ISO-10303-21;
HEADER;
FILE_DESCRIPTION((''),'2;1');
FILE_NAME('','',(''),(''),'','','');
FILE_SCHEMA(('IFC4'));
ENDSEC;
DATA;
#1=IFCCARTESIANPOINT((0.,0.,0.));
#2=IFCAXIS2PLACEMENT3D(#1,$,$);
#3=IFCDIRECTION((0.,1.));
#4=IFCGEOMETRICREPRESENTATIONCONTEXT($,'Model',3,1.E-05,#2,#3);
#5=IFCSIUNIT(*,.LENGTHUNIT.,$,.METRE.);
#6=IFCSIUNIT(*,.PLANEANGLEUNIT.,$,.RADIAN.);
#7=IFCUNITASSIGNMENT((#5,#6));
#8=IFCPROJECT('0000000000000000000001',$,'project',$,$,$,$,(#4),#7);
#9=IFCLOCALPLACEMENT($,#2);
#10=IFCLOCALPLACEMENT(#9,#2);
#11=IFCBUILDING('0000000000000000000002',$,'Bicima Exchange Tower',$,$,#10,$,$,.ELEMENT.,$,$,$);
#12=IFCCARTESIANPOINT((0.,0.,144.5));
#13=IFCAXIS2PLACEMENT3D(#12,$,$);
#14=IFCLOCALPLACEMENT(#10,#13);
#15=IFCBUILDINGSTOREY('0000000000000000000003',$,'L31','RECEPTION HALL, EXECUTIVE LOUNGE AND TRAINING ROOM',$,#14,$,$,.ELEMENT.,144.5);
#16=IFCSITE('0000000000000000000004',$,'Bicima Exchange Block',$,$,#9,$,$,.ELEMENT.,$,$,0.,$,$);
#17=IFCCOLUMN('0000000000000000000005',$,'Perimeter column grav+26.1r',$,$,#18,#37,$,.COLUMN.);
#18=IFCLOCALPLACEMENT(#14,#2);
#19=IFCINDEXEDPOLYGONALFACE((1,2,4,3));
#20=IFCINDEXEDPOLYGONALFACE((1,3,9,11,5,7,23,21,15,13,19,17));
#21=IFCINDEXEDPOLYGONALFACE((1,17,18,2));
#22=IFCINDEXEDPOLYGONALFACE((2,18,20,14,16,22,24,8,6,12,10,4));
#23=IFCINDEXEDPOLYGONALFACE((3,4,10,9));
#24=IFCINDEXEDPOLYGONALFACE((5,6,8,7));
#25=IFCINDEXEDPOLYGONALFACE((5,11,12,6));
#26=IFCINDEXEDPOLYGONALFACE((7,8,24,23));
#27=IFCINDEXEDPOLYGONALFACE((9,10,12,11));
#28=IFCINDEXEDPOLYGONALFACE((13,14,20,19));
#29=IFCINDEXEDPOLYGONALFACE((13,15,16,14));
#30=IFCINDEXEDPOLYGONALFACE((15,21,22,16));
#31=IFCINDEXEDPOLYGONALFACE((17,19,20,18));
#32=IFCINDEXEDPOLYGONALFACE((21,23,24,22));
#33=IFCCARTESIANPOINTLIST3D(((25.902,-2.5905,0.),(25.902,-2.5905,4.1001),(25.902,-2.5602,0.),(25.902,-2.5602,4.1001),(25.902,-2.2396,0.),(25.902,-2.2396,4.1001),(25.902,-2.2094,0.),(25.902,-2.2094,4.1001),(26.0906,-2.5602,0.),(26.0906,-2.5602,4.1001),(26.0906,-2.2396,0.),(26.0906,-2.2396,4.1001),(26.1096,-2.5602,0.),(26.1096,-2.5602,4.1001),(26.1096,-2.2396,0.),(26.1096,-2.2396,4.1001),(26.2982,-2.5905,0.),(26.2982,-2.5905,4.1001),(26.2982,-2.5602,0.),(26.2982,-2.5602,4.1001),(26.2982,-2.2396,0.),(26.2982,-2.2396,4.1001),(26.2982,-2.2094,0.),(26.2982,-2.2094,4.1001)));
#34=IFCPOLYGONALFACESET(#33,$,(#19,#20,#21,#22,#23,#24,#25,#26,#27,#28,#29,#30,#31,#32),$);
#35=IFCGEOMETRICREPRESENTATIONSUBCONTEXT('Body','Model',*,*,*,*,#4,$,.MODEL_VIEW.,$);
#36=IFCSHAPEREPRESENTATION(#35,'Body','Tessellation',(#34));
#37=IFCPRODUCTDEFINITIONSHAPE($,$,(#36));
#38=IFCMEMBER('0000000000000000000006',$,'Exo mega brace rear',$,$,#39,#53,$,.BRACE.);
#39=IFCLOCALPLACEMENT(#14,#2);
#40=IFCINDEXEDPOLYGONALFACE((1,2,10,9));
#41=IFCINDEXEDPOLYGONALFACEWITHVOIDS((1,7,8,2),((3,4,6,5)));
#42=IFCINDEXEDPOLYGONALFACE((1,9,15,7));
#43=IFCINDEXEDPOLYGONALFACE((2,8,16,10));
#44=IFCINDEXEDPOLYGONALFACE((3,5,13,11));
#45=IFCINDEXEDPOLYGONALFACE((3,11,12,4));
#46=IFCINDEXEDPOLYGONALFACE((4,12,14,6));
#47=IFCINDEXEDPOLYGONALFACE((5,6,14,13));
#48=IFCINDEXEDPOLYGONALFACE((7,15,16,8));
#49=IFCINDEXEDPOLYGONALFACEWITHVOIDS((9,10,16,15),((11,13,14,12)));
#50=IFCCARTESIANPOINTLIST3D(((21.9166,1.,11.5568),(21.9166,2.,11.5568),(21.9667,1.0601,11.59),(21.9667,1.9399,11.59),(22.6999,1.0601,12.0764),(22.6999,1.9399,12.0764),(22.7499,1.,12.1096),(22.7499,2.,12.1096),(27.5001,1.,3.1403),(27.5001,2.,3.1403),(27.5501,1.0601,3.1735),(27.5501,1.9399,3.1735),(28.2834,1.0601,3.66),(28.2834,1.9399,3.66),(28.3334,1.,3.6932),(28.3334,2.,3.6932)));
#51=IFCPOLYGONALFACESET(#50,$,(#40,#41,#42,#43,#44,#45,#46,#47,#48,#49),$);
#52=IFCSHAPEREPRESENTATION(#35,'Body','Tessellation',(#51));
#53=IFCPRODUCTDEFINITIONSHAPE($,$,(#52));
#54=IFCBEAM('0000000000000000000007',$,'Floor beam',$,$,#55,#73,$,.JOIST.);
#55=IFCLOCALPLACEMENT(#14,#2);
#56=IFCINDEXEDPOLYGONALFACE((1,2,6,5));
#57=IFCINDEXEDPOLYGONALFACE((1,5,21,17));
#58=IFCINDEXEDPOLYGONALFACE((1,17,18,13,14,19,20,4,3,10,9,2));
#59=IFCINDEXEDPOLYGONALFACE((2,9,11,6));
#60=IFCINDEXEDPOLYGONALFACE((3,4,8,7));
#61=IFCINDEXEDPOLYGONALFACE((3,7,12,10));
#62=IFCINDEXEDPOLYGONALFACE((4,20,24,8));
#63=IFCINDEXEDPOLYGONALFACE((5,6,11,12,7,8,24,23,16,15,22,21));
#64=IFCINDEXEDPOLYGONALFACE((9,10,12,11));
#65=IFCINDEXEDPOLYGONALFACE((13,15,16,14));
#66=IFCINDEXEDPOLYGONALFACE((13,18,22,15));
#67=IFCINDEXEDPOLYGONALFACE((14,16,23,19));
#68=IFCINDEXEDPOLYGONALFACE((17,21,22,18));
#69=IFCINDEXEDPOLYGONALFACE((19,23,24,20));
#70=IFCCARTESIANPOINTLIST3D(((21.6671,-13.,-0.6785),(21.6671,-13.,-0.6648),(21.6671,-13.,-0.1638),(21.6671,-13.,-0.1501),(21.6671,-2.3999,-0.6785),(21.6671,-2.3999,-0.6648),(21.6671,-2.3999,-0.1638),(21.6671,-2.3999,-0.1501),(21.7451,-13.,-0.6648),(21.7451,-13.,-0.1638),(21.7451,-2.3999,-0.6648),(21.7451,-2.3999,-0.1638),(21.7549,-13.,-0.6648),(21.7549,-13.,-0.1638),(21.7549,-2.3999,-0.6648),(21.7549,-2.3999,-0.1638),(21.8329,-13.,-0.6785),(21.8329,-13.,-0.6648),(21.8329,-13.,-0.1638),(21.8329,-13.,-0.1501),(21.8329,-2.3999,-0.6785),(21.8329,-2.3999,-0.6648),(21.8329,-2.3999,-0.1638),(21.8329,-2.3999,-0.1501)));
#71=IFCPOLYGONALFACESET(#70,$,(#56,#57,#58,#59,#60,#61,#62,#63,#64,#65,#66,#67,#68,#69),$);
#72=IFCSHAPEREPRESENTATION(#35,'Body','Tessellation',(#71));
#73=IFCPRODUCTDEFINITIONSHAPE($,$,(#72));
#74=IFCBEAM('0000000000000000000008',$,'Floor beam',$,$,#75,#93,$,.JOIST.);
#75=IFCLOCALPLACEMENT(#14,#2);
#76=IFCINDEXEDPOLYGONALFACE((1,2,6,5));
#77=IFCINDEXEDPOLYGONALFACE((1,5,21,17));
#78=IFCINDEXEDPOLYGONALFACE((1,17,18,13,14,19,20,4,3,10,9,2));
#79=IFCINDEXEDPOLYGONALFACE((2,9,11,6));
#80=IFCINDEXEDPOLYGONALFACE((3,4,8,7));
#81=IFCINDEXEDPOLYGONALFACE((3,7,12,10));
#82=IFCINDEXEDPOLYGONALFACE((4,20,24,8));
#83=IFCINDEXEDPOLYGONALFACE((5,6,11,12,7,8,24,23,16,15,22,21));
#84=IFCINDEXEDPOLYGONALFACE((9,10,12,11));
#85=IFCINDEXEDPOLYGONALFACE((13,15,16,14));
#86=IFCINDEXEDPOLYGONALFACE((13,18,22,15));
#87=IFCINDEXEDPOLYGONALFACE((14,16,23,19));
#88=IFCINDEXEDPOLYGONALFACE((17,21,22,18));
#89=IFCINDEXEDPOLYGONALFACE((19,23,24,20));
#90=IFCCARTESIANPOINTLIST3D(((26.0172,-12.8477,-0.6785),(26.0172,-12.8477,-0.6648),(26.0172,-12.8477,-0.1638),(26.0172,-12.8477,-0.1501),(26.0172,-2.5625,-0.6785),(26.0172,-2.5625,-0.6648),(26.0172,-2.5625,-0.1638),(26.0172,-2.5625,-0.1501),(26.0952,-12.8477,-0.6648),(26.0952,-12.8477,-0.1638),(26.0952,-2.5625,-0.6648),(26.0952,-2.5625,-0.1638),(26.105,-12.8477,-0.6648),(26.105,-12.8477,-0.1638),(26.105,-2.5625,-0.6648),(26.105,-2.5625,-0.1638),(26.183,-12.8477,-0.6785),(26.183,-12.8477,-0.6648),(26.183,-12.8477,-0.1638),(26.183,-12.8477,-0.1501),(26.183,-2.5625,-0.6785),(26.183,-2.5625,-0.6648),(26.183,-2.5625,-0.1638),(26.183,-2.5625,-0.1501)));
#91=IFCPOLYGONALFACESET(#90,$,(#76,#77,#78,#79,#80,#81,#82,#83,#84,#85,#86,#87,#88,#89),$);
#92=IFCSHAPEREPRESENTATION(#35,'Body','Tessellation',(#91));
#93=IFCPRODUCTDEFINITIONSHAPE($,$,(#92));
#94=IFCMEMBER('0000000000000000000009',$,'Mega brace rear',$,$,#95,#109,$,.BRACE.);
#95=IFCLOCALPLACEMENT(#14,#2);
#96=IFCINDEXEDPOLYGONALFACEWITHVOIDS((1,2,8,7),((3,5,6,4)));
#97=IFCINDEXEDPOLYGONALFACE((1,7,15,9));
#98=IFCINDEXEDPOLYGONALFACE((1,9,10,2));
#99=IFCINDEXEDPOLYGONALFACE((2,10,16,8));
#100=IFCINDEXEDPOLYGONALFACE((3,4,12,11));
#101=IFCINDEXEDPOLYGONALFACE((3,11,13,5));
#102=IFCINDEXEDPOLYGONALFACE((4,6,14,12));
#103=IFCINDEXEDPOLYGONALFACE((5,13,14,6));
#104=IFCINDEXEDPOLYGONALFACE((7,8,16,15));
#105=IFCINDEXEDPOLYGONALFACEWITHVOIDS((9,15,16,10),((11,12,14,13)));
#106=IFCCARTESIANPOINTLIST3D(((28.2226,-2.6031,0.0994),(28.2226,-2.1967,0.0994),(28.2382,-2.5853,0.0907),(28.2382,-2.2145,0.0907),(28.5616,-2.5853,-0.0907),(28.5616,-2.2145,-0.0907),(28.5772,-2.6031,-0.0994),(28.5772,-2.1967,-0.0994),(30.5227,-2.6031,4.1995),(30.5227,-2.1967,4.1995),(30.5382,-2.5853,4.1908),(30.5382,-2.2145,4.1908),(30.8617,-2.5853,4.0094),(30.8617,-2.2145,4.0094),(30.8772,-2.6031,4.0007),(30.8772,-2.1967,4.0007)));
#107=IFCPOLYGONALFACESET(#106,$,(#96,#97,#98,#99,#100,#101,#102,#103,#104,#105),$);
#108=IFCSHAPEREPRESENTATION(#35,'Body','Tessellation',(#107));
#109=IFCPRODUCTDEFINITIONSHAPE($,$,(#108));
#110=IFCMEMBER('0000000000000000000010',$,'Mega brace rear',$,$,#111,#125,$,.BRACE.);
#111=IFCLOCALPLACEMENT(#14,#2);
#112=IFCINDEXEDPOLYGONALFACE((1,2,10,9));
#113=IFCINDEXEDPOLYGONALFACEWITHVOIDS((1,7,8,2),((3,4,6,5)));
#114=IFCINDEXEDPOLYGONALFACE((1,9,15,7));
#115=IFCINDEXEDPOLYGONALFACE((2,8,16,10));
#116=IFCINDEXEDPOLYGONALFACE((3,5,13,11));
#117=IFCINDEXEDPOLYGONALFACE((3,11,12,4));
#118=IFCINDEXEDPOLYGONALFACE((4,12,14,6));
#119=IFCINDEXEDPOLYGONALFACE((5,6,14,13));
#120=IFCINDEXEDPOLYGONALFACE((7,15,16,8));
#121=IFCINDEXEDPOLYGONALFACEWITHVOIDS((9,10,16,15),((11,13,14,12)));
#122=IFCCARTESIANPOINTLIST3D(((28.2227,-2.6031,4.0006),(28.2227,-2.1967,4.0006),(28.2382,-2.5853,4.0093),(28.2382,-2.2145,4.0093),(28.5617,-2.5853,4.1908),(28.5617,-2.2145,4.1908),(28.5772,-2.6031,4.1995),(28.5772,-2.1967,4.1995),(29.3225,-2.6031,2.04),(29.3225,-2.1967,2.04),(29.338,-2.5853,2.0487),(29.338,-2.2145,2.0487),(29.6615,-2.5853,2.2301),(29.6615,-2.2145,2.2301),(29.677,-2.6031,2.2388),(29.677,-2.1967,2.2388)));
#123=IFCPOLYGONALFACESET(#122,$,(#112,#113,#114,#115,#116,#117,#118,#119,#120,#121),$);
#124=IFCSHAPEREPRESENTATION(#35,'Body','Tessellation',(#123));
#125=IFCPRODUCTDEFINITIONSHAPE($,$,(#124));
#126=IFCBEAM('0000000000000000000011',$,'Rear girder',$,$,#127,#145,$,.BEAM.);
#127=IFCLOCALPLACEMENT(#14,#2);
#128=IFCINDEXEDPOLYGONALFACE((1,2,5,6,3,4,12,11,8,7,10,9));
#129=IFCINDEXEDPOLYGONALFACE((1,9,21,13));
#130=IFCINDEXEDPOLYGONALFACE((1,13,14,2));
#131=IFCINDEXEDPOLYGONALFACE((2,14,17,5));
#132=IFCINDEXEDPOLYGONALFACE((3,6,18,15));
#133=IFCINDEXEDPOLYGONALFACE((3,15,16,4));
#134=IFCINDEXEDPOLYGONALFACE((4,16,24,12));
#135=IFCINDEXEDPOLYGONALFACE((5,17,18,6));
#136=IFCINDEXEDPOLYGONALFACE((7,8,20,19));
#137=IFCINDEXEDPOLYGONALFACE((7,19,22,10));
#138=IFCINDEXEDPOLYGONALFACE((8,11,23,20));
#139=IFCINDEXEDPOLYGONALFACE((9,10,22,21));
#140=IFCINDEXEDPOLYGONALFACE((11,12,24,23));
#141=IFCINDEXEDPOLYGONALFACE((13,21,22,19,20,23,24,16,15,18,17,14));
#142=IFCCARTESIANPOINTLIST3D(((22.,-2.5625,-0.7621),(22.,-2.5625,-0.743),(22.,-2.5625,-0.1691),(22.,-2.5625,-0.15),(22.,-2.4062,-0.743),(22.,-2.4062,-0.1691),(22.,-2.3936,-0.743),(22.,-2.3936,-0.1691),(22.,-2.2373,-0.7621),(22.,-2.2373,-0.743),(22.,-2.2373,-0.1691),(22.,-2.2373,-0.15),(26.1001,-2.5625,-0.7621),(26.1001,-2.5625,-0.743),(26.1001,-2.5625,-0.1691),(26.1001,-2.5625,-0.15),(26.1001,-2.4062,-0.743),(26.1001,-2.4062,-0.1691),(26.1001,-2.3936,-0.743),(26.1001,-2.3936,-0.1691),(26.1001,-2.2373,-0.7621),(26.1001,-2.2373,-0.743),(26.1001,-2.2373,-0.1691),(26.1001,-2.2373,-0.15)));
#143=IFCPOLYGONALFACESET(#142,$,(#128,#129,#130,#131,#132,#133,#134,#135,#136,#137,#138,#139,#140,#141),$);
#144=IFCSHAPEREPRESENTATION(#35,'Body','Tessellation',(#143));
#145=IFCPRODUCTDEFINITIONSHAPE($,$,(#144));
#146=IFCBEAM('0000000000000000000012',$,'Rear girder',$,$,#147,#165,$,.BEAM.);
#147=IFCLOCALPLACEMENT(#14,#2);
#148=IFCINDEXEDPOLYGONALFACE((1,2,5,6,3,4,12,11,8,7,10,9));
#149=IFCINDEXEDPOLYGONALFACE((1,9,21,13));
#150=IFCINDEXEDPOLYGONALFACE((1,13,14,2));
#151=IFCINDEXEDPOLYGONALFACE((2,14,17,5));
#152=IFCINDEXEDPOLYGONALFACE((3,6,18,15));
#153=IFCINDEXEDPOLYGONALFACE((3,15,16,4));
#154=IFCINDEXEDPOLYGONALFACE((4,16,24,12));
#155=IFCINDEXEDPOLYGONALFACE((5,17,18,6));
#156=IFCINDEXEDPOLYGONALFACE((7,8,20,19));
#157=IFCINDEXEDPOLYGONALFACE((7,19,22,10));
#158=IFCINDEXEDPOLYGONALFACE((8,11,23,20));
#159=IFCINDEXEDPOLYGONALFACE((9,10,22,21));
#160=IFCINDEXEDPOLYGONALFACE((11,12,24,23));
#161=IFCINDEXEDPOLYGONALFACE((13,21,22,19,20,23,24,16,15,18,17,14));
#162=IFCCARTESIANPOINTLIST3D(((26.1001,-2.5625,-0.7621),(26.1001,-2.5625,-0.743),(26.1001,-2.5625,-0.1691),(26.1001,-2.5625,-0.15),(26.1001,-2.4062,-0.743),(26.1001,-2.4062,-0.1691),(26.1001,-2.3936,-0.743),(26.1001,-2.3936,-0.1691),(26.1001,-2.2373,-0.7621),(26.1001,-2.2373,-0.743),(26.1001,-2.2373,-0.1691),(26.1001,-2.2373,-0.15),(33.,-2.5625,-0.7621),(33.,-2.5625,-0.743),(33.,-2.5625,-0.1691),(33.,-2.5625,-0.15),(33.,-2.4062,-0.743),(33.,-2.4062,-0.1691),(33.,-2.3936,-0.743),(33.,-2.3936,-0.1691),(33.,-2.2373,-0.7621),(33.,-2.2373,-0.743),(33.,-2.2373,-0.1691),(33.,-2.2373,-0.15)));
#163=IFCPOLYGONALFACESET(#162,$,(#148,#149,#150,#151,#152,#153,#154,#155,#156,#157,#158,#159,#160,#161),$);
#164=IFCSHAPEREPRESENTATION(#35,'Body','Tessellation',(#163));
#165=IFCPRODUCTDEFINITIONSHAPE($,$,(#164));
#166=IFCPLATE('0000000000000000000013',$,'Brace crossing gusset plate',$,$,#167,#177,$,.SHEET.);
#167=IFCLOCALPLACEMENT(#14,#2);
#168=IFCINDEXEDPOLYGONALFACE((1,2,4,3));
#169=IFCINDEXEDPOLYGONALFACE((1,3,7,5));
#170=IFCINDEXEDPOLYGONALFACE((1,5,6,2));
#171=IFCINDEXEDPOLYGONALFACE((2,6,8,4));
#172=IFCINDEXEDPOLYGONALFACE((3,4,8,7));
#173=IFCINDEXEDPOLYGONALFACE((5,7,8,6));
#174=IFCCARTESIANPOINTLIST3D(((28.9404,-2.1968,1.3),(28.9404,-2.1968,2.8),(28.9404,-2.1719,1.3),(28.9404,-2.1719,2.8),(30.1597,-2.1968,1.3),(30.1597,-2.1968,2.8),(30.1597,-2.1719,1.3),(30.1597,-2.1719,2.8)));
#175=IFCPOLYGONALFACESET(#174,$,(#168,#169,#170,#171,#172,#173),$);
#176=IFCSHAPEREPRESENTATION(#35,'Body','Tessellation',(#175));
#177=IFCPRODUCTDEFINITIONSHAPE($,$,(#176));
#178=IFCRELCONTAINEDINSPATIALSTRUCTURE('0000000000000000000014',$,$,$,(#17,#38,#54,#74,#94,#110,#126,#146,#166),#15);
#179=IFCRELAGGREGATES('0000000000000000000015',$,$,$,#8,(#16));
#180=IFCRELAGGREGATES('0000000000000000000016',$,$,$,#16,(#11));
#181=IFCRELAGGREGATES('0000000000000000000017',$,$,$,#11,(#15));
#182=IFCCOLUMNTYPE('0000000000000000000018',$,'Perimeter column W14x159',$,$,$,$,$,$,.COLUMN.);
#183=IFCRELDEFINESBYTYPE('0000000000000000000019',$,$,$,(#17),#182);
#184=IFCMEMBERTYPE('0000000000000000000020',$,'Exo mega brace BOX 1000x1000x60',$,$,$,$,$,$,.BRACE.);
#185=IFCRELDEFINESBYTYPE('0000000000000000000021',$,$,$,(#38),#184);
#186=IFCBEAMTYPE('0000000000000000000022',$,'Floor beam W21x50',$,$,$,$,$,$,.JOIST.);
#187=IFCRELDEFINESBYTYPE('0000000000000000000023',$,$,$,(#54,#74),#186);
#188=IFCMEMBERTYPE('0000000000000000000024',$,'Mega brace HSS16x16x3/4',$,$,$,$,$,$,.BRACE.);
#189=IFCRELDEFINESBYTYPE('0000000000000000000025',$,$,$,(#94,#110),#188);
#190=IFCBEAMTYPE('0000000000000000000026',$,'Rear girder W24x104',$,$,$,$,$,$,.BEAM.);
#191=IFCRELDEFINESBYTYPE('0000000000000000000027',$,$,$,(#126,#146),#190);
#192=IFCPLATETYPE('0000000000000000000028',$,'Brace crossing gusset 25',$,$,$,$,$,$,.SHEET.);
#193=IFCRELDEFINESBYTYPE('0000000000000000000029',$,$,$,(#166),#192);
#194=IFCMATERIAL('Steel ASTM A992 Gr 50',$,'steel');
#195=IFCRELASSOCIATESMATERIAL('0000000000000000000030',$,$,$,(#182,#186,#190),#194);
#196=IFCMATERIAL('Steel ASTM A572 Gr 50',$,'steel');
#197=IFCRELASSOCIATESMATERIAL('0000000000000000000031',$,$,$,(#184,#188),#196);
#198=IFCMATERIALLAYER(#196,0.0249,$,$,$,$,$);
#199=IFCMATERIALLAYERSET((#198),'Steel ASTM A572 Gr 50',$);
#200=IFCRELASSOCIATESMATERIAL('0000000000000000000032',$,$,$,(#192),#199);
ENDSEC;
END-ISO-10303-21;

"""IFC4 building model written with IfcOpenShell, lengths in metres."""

from ifc_helpers import new_model, si_unit, direction, frame, origin, origin_2d, place, context, subcontext, project, spatial, rectangle, hollow_rectangle, i_section, extrude, material, layer, layer_set, material_profile, profile_set, type_object, element, save


model = new_model("IFC4")

# Units and contexts
model_context = context("Model", 3, precision=1e-05, world=origin(), true_north=direction((0.0, 1.0)))
body_context = subcontext(model_context, "Body", "Model", "MODEL_VIEW")
ifc_project = project(units=[si_unit("LENGTHUNIT", "METRE"), si_unit("PLANEANGLEUNIT", "RADIAN")], contexts=[model_context])

# Site, building, storey
site_placement = place(None, origin())
site = spatial("IfcSite", under=ifc_project, at=site_placement, Name="Bicima Exchange Block", CompositionType="ELEMENT", RefElevation=0.0)
building_placement = place(site_placement, origin())
building = spatial("IfcBuilding", under=site, at=building_placement, Name="Bicima Exchange Tower", CompositionType="ELEMENT")
storey_placement = place(building_placement, frame((0.0, 0.0, 144.5)))
storey = spatial("IfcBuildingStorey", under=building, at=storey_placement, Name="L31", Description="RECEPTION HALL, EXECUTIVE LOUNGE AND TRAINING ROOM", CompositionType="ELEMENT", Elevation=144.5)

# Column
ifc_material_1 = material(Name="Steel ASTM A992 Gr 50", Category="steel")
ifc_material_profile_1 = material_profile(ifc_material_1, i_section(OverallWidth=0.3962, OverallDepth=0.3811, WebThickness=0.019, FlangeThickness=0.0303, at=origin_2d()))
ifc_profile_set_1 = profile_set([ifc_material_profile_1], Name="Steel ASTM A992 Gr 50")
column_type = type_object("IfcColumnType", Name="Perimeter column W14x159", PredefinedType="COLUMN", material=ifc_profile_set_1)
column_placement = place(storey_placement, frame((26.1001, -2.3999, 0.0), z_axis=(0.0, 0.0, 1.0), x_axis=(1.0, 0.0, 0.0)))
element("IfcColumn", 1, at=column_placement, inside=storey, type_object=column_type, Name="Perimeter column grav+26.1r", PredefinedType="COLUMN", context=body_context, shape_type="SweptSolid", body=[
    extrude(i_section(OverallWidth=0.3962, OverallDepth=0.3811, WebThickness=0.019, FlangeThickness=0.0303, at=origin_2d()), origin(), (0.0, 0.0, 1.0), 4.1001),
])

# Member
ifc_material_2 = material(Name="Steel ASTM A572 Gr 50", Category="steel")
ifc_material_profile_2 = material_profile(ifc_material_2, hollow_rectangle(XDim=1.0, YDim=1.0, WallThickness=0.0601, at=origin_2d()))
ifc_profile_set_2 = profile_set([ifc_material_profile_2], Name="Steel ASTM A572 Gr 50")
member_type_1 = type_object("IfcMemberType", Name="Exo mega brace BOX 1000x1000x60", PredefinedType="BRACE", material=ifc_profile_set_2)
member_1_placement = place(storey_placement, frame((27.9167, 1.5, 3.4167), z_axis=(-0.552813, 0.0, 0.833305), x_axis=(0.0, -1.0, 0.0)))
element("IfcMember", 2, at=member_1_placement, inside=storey, type_object=member_type_1, Name="Exo mega brace rear", PredefinedType="BRACE", context=body_context, shape_type="SweptSolid", body=[
    extrude(hollow_rectangle(XDim=1.0, YDim=1.0, WallThickness=0.0601, at=origin_2d()), origin(), (0.0, 0.0, 1.0), 10.1001),
])

# Beams
ifc_material_profile_3 = material_profile(ifc_material_1, i_section(OverallWidth=0.1658, OverallDepth=0.5283, WebThickness=0.0098, FlangeThickness=0.0137, at=origin_2d()))
ifc_profile_set_3 = profile_set([ifc_material_profile_3], Name="Steel ASTM A992 Gr 50")
beam_type_1 = type_object("IfcBeamType", Name="Floor beam W21x50", PredefinedType="JOIST", material=ifc_profile_set_3)
beam_1_placement = place(storey_placement, frame((21.75, -2.3999, -0.4143), z_axis=(0.0, -1.0, 0.0), x_axis=(1.0, 0.0, 0.0)))
element("IfcBeam", 3, at=beam_1_placement, inside=storey, type_object=beam_type_1, Name="Floor beam", PredefinedType="JOIST", context=body_context, shape_type="SweptSolid", body=[
    extrude(i_section(OverallWidth=0.1658, OverallDepth=0.5283, WebThickness=0.0098, FlangeThickness=0.0137, at=origin_2d()), origin(), (0.0, 0.0, 1.0), 10.6001),
])
beam_2_placement = place(storey_placement, frame((26.1001, -2.5625, -0.4143), z_axis=(0.0, -1.0, 0.0), x_axis=(1.0, 0.0, 0.0)))
element("IfcBeam", 4, at=beam_2_placement, inside=storey, type_object=beam_type_1, Name="Floor beam", PredefinedType="JOIST", context=body_context, shape_type="SweptSolid", body=[
    extrude(i_section(OverallWidth=0.1658, OverallDepth=0.5283, WebThickness=0.0098, FlangeThickness=0.0137, at=origin_2d()), origin(), (0.0, 0.0, 1.0), 10.2852),
])

# Members
ifc_material_profile_4 = material_profile(ifc_material_2, hollow_rectangle(XDim=0.4065, YDim=0.4065, WallThickness=0.0178, at=origin_2d()))
ifc_profile_set_4 = profile_set([ifc_material_profile_4], Name="Steel ASTM A572 Gr 50")
member_type_2 = type_object("IfcMemberType", Name="Mega brace HSS16x16x3/4", PredefinedType="BRACE", material=ifc_profile_set_4)
member_2_placement = place(storey_placement, frame((28.3999, -2.3999, 0.0), z_axis=(0.48925, 0.0, 0.872144), x_axis=(0.0, 1.0, 0.0)))
element("IfcMember", 5, at=member_2_placement, inside=storey, type_object=member_type_2, Name="Mega brace rear", PredefinedType="BRACE", context=body_context, shape_type="SweptSolid", body=[
    extrude(hollow_rectangle(XDim=0.4065, YDim=0.4065, WallThickness=0.0178, at=origin_2d()), origin(), (0.0, 0.0, 1.0), 4.7012),
])
member_3_placement = place(storey_placement, frame((29.4998, -2.3999, 2.1394), z_axis=(-0.489235, 0.0, 0.872152), x_axis=(0.0, -1.0, 0.0)))
element("IfcMember", 6, at=member_3_placement, inside=storey, type_object=member_type_2, Name="Mega brace rear", PredefinedType="BRACE", context=body_context, shape_type="SweptSolid", body=[
    extrude(hollow_rectangle(XDim=0.4065, YDim=0.4065, WallThickness=0.0178, at=origin_2d()), origin(), (0.0, 0.0, 1.0), 2.248),
])

# Beams
ifc_material_profile_5 = material_profile(ifc_material_1, i_section(OverallWidth=0.3252, OverallDepth=0.6121, WebThickness=0.0127, FlangeThickness=0.019, at=origin_2d()))
ifc_profile_set_5 = profile_set([ifc_material_profile_5], Name="Steel ASTM A992 Gr 50")
beam_type_2 = type_object("IfcBeamType", Name="Rear girder W24x104", PredefinedType="BEAM", material=ifc_profile_set_5)
beam_3_placement = place(storey_placement, frame((22.0, -2.3999, -0.4561), z_axis=(1.0, 0.0, 0.0), x_axis=(0.0, 1.0, 0.0)))
element("IfcBeam", 7, at=beam_3_placement, inside=storey, type_object=beam_type_2, Name="Rear girder", PredefinedType="BEAM", context=body_context, shape_type="SweptSolid", body=[
    extrude(i_section(OverallWidth=0.3252, OverallDepth=0.6121, WebThickness=0.0127, FlangeThickness=0.019, at=origin_2d()), origin(), (0.0, 0.0, 1.0), 4.1001),
])
beam_4_placement = place(storey_placement, frame((26.1001, -2.3999, -0.4561), z_axis=(1.0, 0.0, 0.0), x_axis=(0.0, 1.0, 0.0)))
element("IfcBeam", 8, at=beam_4_placement, inside=storey, type_object=beam_type_2, Name="Rear girder", PredefinedType="BEAM", context=body_context, shape_type="SweptSolid", body=[
    extrude(i_section(OverallWidth=0.3252, OverallDepth=0.6121, WebThickness=0.0127, FlangeThickness=0.019, at=origin_2d()), origin(), (0.0, 0.0, 1.0), 6.8999),
])

# Plate
ifc_layer_1 = layer(ifc_material_2, 0.0249)
ifc_layer_set_1 = layer_set([ifc_layer_1], Name="Steel ASTM A572 Gr 50")
plate_type = type_object("IfcPlateType", Name="Brace crossing gusset 25", PredefinedType="SHEET", material=ifc_layer_set_1)
plate_placement = place(storey_placement, frame((29.55, -2.1843, 1.3), z_axis=(0.0, 0.0, 1.0), x_axis=(1.0, 0.0, 0.0)))
element("IfcPlate", 9, at=plate_placement, inside=storey, type_object=plate_type, Name="Brace crossing gusset plate", PredefinedType="SHEET", context=body_context, shape_type="SweptSolid", body=[
    extrude(rectangle(XDim=1.2192, YDim=0.0249, at=origin_2d()), origin(), (0.0, 0.0, 1.0), 1.5),
])

save(model, "model.ifc")
